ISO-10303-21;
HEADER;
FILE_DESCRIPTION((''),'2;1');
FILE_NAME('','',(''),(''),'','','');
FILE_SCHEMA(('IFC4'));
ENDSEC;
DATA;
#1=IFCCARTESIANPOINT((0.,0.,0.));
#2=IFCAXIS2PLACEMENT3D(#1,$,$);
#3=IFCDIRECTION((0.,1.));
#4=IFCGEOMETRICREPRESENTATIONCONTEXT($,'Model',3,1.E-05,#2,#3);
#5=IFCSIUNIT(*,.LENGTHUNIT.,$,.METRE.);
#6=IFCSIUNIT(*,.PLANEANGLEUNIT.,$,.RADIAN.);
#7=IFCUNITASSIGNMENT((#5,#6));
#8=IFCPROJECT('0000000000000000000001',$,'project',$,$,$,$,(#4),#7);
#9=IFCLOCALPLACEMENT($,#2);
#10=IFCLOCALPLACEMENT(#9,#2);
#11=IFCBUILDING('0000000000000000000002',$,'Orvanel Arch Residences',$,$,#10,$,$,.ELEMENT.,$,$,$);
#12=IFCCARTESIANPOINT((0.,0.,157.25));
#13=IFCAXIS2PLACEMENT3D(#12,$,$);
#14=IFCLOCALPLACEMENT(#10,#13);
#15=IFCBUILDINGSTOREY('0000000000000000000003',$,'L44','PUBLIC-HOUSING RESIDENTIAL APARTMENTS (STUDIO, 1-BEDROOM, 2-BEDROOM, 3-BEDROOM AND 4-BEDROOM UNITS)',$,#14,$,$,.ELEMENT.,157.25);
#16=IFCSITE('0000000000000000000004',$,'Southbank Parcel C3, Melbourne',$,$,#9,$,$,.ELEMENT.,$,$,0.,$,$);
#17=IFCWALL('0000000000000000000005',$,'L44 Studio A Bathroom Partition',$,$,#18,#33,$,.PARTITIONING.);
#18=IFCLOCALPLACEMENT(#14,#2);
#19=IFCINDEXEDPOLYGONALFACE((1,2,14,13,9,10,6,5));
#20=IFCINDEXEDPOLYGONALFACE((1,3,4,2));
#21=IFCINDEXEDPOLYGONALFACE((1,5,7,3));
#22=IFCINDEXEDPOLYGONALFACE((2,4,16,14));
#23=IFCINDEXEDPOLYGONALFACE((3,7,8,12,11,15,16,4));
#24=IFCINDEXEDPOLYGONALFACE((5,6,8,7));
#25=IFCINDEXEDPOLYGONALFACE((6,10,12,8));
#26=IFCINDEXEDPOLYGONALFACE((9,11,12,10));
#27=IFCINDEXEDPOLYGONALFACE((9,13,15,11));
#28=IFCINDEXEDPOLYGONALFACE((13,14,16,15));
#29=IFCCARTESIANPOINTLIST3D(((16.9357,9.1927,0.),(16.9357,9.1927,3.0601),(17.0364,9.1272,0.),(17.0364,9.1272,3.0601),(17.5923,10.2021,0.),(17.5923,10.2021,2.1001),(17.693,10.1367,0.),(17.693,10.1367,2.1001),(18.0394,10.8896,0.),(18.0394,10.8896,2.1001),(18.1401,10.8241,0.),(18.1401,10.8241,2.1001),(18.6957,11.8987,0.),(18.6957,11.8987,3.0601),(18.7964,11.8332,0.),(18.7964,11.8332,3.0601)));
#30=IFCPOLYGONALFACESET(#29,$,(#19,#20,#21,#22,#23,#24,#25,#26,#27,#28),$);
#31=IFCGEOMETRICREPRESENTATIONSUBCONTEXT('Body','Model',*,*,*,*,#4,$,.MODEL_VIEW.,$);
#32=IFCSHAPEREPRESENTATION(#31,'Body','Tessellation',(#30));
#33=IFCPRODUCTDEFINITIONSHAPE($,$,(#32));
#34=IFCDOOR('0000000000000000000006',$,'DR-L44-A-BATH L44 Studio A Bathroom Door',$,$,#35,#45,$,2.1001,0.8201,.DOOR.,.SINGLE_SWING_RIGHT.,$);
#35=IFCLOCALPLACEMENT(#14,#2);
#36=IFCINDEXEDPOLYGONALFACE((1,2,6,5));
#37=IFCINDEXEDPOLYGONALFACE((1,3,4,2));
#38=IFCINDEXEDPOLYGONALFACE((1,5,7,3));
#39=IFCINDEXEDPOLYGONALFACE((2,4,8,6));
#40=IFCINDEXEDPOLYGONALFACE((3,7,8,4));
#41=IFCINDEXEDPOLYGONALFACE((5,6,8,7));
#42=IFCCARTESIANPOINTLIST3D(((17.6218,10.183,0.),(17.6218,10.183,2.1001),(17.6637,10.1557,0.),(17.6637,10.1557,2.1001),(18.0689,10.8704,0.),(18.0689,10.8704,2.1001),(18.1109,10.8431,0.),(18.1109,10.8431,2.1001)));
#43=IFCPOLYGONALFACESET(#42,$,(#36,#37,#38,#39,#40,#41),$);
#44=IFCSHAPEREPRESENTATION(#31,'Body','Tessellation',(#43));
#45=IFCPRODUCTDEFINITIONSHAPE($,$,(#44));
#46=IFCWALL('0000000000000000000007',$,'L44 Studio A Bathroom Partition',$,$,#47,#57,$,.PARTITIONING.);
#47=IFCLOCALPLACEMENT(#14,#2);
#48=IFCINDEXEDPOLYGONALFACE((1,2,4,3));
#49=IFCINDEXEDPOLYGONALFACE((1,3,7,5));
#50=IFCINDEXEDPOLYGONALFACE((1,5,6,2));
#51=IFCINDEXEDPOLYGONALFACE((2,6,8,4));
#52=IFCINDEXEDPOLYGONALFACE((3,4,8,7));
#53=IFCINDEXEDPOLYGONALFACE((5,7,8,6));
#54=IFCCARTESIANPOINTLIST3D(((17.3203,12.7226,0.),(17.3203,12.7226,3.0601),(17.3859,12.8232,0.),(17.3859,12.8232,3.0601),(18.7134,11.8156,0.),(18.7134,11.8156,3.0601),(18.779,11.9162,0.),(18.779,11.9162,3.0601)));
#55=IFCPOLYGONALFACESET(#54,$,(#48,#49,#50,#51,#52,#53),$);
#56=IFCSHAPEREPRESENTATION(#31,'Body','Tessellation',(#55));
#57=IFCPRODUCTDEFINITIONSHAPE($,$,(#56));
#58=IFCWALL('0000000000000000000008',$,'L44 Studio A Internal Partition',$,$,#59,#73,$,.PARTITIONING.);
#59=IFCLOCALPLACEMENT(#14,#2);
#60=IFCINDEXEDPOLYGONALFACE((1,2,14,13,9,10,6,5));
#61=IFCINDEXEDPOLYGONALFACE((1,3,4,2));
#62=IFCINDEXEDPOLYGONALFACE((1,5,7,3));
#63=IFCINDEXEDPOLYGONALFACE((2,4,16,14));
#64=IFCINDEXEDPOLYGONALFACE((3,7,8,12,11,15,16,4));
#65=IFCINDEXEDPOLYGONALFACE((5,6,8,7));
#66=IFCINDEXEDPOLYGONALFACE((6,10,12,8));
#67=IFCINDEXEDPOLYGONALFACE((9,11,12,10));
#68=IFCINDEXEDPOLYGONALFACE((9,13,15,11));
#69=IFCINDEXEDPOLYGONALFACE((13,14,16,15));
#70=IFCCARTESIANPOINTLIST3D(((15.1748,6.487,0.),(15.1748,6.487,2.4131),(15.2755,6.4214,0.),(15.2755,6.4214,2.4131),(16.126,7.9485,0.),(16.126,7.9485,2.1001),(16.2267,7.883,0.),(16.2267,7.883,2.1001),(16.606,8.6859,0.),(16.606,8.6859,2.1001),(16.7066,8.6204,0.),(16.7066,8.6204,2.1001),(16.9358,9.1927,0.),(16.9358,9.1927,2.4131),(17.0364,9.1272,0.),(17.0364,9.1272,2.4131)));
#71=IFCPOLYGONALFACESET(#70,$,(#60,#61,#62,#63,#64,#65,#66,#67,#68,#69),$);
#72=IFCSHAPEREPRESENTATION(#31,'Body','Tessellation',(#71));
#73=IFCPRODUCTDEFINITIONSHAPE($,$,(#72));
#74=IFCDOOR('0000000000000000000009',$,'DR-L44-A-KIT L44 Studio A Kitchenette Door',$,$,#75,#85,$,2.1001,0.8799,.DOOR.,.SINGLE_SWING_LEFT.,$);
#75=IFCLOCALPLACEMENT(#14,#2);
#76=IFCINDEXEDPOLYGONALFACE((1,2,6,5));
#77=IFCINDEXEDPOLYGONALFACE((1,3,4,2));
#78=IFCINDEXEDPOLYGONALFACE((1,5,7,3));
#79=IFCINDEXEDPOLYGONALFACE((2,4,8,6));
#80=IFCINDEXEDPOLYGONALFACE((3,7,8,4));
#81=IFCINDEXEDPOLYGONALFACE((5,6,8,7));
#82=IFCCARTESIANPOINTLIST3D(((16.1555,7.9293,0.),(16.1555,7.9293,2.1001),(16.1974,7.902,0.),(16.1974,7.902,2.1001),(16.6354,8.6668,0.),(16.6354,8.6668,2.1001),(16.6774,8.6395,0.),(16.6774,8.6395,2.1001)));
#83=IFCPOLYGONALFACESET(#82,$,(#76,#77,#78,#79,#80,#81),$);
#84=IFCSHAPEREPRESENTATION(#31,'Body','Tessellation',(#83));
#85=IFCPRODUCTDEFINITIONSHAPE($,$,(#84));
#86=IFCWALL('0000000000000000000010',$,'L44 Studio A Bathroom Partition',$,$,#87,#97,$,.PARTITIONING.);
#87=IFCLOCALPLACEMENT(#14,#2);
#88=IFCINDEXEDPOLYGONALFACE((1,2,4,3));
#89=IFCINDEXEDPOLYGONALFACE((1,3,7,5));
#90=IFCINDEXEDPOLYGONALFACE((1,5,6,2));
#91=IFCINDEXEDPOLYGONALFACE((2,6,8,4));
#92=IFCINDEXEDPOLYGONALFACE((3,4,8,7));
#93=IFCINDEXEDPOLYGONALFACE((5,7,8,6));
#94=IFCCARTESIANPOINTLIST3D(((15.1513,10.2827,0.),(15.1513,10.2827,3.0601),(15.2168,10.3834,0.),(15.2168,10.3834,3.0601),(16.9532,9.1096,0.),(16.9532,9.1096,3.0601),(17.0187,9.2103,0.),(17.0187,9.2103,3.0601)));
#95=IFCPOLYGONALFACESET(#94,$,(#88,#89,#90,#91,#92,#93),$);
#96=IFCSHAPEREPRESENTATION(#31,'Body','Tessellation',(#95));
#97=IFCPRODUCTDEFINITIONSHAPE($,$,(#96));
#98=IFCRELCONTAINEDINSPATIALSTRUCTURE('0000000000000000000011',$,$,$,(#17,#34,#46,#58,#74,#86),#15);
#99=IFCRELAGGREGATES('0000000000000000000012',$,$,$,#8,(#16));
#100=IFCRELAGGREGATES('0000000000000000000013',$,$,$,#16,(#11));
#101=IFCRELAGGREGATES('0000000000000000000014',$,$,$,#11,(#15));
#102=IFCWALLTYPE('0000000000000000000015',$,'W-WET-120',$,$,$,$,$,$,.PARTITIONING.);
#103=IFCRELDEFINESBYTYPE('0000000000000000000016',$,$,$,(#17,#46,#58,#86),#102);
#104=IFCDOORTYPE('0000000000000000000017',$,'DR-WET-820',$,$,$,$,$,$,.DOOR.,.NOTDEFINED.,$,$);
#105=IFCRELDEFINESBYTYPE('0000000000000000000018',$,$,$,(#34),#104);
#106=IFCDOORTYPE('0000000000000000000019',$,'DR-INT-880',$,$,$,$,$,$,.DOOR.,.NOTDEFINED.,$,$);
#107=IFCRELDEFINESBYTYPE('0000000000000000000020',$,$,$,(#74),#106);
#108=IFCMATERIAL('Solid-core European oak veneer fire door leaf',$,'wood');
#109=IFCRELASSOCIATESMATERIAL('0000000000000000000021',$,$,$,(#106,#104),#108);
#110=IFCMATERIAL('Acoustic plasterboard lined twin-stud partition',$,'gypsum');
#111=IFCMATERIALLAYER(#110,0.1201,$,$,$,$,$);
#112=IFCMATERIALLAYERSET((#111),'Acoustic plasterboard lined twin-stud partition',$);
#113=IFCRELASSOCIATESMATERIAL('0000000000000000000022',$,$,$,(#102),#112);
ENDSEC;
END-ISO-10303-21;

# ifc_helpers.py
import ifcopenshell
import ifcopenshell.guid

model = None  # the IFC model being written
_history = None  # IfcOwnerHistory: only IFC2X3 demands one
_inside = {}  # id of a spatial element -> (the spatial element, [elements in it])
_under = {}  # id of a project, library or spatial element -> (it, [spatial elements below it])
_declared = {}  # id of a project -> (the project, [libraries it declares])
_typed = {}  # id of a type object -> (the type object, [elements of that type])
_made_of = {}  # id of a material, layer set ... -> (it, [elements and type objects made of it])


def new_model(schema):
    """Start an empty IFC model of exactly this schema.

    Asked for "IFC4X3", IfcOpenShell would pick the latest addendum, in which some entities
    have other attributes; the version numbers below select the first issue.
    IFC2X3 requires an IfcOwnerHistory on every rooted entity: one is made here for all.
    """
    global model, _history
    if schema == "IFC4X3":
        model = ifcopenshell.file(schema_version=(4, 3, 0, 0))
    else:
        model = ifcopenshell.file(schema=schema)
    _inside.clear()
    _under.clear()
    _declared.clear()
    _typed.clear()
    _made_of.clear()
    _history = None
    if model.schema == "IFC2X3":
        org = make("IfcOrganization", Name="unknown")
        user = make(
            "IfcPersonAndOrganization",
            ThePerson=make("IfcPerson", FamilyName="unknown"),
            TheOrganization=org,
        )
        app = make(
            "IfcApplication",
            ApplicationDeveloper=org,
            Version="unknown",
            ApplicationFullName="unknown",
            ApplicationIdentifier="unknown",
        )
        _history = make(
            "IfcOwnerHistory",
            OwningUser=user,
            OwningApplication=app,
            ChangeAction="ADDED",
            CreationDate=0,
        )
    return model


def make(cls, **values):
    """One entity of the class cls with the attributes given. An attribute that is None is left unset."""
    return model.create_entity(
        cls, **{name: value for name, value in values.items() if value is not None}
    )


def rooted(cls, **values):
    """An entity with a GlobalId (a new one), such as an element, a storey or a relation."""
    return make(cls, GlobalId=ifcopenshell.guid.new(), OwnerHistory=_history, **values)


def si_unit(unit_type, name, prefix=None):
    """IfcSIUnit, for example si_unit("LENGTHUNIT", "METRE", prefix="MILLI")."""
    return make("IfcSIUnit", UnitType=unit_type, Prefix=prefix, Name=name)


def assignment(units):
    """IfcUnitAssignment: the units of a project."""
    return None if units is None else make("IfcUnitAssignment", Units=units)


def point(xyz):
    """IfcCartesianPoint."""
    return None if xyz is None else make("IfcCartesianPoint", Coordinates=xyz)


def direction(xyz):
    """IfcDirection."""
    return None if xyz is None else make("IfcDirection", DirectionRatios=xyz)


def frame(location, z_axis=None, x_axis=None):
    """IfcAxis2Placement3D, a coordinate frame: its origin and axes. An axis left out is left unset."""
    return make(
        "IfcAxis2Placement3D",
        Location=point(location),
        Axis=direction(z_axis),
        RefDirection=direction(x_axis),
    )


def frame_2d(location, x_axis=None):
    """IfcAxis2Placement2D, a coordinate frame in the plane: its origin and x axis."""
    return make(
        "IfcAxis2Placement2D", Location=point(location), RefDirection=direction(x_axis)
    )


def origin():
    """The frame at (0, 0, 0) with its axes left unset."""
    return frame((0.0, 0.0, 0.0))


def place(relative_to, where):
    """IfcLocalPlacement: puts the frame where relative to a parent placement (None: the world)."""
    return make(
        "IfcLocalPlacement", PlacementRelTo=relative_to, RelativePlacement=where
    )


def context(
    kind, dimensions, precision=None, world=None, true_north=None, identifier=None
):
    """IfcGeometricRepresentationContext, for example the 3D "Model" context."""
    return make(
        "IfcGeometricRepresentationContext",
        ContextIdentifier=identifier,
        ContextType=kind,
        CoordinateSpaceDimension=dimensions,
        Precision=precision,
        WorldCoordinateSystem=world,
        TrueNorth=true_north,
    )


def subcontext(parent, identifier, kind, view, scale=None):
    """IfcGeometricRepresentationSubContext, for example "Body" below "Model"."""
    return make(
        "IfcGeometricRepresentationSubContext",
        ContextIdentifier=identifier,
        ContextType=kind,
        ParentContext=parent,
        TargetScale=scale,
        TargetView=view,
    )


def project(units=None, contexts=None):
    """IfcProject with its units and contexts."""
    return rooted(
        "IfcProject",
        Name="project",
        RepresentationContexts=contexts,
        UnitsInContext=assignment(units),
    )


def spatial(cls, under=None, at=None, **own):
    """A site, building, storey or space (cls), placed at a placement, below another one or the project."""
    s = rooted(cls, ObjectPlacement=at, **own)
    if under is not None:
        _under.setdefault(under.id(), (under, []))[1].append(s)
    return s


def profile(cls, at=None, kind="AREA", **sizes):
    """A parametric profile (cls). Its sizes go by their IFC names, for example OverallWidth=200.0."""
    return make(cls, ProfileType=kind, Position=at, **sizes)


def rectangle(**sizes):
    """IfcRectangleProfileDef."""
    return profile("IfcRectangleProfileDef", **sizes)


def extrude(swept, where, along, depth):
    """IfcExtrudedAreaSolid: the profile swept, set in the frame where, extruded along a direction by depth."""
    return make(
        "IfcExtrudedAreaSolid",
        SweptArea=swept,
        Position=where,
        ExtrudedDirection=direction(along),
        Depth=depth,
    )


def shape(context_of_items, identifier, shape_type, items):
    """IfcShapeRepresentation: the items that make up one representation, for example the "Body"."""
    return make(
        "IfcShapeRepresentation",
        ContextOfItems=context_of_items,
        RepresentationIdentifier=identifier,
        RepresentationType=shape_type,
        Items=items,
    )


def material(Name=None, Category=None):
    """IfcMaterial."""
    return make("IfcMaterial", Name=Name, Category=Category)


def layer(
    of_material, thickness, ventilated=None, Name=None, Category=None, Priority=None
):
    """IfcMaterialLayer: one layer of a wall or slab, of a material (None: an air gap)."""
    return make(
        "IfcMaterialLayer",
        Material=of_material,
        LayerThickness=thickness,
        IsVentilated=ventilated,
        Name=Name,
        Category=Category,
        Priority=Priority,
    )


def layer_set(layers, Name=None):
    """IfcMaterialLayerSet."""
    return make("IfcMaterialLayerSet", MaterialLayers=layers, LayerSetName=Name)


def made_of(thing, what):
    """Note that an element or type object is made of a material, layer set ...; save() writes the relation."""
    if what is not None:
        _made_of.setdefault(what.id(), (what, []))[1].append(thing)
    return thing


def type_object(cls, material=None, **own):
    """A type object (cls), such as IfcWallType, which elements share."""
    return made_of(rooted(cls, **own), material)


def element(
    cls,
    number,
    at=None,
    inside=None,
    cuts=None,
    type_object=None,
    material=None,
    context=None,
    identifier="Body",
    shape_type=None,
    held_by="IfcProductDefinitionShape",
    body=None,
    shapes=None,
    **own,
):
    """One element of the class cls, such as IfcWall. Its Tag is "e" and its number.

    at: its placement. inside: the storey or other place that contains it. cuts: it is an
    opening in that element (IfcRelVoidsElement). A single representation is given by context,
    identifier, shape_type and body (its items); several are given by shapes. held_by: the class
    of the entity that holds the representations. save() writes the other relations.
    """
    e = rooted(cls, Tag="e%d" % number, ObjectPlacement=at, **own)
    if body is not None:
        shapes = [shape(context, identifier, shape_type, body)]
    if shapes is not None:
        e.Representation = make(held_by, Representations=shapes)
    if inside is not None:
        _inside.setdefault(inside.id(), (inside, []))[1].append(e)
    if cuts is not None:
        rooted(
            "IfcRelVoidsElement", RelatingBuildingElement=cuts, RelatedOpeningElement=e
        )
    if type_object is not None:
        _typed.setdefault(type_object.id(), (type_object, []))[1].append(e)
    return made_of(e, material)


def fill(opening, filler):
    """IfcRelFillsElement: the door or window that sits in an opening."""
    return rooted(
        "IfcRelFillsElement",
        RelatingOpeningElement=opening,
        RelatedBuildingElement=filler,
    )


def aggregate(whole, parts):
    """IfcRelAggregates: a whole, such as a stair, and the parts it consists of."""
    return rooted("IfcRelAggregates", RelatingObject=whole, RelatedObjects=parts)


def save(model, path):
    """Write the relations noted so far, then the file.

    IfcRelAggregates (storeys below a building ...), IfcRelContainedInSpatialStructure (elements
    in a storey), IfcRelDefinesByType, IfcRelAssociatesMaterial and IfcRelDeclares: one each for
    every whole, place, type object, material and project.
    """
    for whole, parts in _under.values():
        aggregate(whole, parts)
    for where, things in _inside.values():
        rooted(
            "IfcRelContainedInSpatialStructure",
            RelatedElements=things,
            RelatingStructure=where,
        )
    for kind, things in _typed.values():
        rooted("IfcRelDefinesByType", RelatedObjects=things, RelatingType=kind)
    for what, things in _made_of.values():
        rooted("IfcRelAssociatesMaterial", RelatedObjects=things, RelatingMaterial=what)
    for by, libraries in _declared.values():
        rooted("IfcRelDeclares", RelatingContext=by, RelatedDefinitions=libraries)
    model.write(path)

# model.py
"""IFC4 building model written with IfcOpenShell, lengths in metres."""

from ifc_helpers import new_model, si_unit, direction, frame, frame_2d, origin, place, context, subcontext, project, spatial, rectangle, extrude, material, layer, layer_set, type_object, element, fill, save


model = new_model("IFC4")

# Units and contexts
model_context = context("Model", 3, precision=1e-05, world=origin(), true_north=direction((0.0, 1.0)))
body_context = subcontext(model_context, "Body", "Model", "MODEL_VIEW")
ifc_project = project(units=[si_unit("LENGTHUNIT", "METRE"), si_unit("PLANEANGLEUNIT", "RADIAN")], contexts=[model_context])

# Site, building, storey
site_placement = place(None, origin())
site = spatial("IfcSite", under=ifc_project, at=site_placement, Name="Southbank Parcel C3, Melbourne", CompositionType="ELEMENT", RefElevation=0.0)
building_placement = place(site_placement, origin())
building = spatial("IfcBuilding", under=site, at=building_placement, Name="Orvanel Arch Residences", CompositionType="ELEMENT")
storey_placement = place(building_placement, frame((0.0, 0.0, 157.25)))
storey = spatial("IfcBuildingStorey", under=building, at=storey_placement, Name="L44", Description="PUBLIC-HOUSING RESIDENTIAL APARTMENTS (STUDIO, 1-BEDROOM, 2-BEDROOM, 3-BEDROOM AND 4-BEDROOM UNITS)", CompositionType="ELEMENT", Elevation=157.25)

# Shared definitions
ifc_material_1 = material(Name="Solid-core European oak veneer fire door leaf", Category="wood")
door_type_1 = type_object("IfcDoorType", Name="DR-INT-880", OperationType="NOTDEFINED", PredefinedType="DOOR", material=ifc_material_1)

# Wall, opening, door
ifc_material_2 = material(Name="Acoustic plasterboard lined twin-stud partition", Category="gypsum")
ifc_layer_1 = layer(ifc_material_2, 0.1201)
ifc_layer_set_1 = layer_set([ifc_layer_1], Name="Acoustic plasterboard lined twin-stud partition")
wall_type_1 = type_object("IfcWallType", Name="W-WET-120", PredefinedType="PARTITIONING", material=ifc_layer_set_1)
wall_1_placement = place(storey_placement, frame((16.9861, 9.1599, 0.0), z_axis=(0.0, 0.0, 1.0), x_axis=(0.545222, 0.838292, 0.0)))
wall_1 = element("IfcWall", 1, at=wall_1_placement, inside=storey, type_object=wall_type_1, Name="L44 Studio A Bathroom Partition", PredefinedType="PARTITIONING", context=body_context, shape_type="SweptSolid", body=[
    extrude(rectangle(XDim=3.228, YDim=0.1201, at=frame_2d((1.614, 0.0))), origin(), (0.0, 0.0, 1.0), 3.0601),
])
opening_1_placement = place(wall_1_placement, frame((1.2041, 0.0, 0.0)))
opening_1 = element("IfcOpeningElement", 2, at=opening_1_placement, cuts=wall_1, PredefinedType="OPENING", context=body_context, shape_type="SweptSolid", body=[
    extrude(rectangle(XDim=0.8201, YDim=2.1001, at=frame_2d((0.4102, 1.05))), frame((0.0, 0.0701, 0.0), z_axis=(0.0, -1.0, 0.0), x_axis=(1.0, 0.0, 0.0)), (0.0, 0.0, 1.0), 0.1401),
])
door_type_2 = type_object("IfcDoorType", Name="DR-WET-820", OperationType="NOTDEFINED", PredefinedType="DOOR", material=ifc_material_1)
door_1_placement = place(opening_1_placement, origin())
door_1 = element("IfcDoor", 3, at=door_1_placement, inside=storey, type_object=door_type_2, Name="DR-L44-A-BATH L44 Studio A Bathroom Door", OperationType="SINGLE_SWING_RIGHT", OverallHeight=2.1001, OverallWidth=0.8201, PredefinedType="DOOR", context=body_context, shape_type="SweptSolid", body=[
    extrude(rectangle(XDim=0.8201, YDim=2.1001, at=frame_2d((0.4102, 1.05))), frame((0.0, 0.0249, 0.0), z_axis=(0.0, -1.0, 0.0), x_axis=(1.0, 0.0, 0.0)), (0.0, 0.0, 1.0), 0.05),
])
fill(opening_1, door_1)

# Wall
wall_2_placement = place(storey_placement, frame((18.7461, 11.866, 0.0), z_axis=(0.0, 0.0, 1.0), x_axis=(-0.838034, 0.545618, 0.0)))
element("IfcWall", 4, at=wall_2_placement, inside=storey, type_object=wall_type_1, Name="L44 Studio A Bathroom Partition", PredefinedType="PARTITIONING", context=body_context, shape_type="SweptSolid", body=[
    extrude(rectangle(XDim=1.6624, YDim=0.1201, at=frame_2d((0.8311, 0.0))), origin(), (0.0, 0.0, 1.0), 3.0601),
])

# Wall, opening, door
wall_3_placement = place(storey_placement, frame((15.2251, 6.4541, 0.0), z_axis=(0.0, 0.0, 1.0), x_axis=(0.545469, 0.838131, 0.0)))
wall_3 = element("IfcWall", 5, at=wall_3_placement, inside=storey, type_object=wall_type_1, Name="L44 Studio A Internal Partition", PredefinedType="PARTITIONING", context=body_context, shape_type="SweptSolid", body=[
    extrude(rectangle(XDim=3.2283, YDim=0.1201, at=frame_2d((1.6143, 0.0))), origin(), (0.0, 0.0, 1.0), 2.4131),
])
opening_2_placement = place(wall_3_placement, frame((1.7439, 0.0, 0.0)))
opening_2 = element("IfcOpeningElement", 6, at=opening_2_placement, cuts=wall_3, PredefinedType="OPENING", context=body_context, shape_type="SweptSolid", body=[
    extrude(rectangle(XDim=0.8799, YDim=2.1001, at=frame_2d((0.4399, 1.05))), frame((0.0, 0.0701, 0.0), z_axis=(0.0, -1.0, 0.0), x_axis=(1.0, 0.0, 0.0)), (0.0, 0.0, 1.0), 0.1401),
])
door_2_placement = place(opening_2_placement, origin())
door_2 = element("IfcDoor", 7, at=door_2_placement, inside=storey, type_object=door_type_1, Name="DR-L44-A-KIT L44 Studio A Kitchenette Door", OperationType="SINGLE_SWING_LEFT", OverallHeight=2.1001, OverallWidth=0.8799, PredefinedType="DOOR", context=body_context, shape_type="SweptSolid", body=[
    extrude(rectangle(XDim=0.8799, YDim=2.1001, at=frame_2d((0.4399, 1.05))), frame((0.0, 0.0249, 0.0), z_axis=(0.0, -1.0, 0.0), x_axis=(1.0, 0.0, 0.0)), (0.0, 0.0, 1.0), 0.05),
])
fill(opening_2, door_2)

# Wall
wall_4_placement = place(storey_placement, frame((16.9861, 9.1599, 0.0), z_axis=(0.0, 0.0, 1.0), x_axis=(-0.838062, 0.545575, 0.0)))
element("IfcWall", 8, at=wall_4_placement, inside=storey, type_object=wall_type_1, Name="L44 Studio A Bathroom Partition", PredefinedType="PARTITIONING", context=body_context, shape_type="SweptSolid", body=[
    extrude(rectangle(XDim=2.1501, YDim=0.1201, at=frame_2d((1.0752, 0.0))), origin(), (0.0, 0.0, 1.0), 3.0601),
])

save(model, "model.ifc")
